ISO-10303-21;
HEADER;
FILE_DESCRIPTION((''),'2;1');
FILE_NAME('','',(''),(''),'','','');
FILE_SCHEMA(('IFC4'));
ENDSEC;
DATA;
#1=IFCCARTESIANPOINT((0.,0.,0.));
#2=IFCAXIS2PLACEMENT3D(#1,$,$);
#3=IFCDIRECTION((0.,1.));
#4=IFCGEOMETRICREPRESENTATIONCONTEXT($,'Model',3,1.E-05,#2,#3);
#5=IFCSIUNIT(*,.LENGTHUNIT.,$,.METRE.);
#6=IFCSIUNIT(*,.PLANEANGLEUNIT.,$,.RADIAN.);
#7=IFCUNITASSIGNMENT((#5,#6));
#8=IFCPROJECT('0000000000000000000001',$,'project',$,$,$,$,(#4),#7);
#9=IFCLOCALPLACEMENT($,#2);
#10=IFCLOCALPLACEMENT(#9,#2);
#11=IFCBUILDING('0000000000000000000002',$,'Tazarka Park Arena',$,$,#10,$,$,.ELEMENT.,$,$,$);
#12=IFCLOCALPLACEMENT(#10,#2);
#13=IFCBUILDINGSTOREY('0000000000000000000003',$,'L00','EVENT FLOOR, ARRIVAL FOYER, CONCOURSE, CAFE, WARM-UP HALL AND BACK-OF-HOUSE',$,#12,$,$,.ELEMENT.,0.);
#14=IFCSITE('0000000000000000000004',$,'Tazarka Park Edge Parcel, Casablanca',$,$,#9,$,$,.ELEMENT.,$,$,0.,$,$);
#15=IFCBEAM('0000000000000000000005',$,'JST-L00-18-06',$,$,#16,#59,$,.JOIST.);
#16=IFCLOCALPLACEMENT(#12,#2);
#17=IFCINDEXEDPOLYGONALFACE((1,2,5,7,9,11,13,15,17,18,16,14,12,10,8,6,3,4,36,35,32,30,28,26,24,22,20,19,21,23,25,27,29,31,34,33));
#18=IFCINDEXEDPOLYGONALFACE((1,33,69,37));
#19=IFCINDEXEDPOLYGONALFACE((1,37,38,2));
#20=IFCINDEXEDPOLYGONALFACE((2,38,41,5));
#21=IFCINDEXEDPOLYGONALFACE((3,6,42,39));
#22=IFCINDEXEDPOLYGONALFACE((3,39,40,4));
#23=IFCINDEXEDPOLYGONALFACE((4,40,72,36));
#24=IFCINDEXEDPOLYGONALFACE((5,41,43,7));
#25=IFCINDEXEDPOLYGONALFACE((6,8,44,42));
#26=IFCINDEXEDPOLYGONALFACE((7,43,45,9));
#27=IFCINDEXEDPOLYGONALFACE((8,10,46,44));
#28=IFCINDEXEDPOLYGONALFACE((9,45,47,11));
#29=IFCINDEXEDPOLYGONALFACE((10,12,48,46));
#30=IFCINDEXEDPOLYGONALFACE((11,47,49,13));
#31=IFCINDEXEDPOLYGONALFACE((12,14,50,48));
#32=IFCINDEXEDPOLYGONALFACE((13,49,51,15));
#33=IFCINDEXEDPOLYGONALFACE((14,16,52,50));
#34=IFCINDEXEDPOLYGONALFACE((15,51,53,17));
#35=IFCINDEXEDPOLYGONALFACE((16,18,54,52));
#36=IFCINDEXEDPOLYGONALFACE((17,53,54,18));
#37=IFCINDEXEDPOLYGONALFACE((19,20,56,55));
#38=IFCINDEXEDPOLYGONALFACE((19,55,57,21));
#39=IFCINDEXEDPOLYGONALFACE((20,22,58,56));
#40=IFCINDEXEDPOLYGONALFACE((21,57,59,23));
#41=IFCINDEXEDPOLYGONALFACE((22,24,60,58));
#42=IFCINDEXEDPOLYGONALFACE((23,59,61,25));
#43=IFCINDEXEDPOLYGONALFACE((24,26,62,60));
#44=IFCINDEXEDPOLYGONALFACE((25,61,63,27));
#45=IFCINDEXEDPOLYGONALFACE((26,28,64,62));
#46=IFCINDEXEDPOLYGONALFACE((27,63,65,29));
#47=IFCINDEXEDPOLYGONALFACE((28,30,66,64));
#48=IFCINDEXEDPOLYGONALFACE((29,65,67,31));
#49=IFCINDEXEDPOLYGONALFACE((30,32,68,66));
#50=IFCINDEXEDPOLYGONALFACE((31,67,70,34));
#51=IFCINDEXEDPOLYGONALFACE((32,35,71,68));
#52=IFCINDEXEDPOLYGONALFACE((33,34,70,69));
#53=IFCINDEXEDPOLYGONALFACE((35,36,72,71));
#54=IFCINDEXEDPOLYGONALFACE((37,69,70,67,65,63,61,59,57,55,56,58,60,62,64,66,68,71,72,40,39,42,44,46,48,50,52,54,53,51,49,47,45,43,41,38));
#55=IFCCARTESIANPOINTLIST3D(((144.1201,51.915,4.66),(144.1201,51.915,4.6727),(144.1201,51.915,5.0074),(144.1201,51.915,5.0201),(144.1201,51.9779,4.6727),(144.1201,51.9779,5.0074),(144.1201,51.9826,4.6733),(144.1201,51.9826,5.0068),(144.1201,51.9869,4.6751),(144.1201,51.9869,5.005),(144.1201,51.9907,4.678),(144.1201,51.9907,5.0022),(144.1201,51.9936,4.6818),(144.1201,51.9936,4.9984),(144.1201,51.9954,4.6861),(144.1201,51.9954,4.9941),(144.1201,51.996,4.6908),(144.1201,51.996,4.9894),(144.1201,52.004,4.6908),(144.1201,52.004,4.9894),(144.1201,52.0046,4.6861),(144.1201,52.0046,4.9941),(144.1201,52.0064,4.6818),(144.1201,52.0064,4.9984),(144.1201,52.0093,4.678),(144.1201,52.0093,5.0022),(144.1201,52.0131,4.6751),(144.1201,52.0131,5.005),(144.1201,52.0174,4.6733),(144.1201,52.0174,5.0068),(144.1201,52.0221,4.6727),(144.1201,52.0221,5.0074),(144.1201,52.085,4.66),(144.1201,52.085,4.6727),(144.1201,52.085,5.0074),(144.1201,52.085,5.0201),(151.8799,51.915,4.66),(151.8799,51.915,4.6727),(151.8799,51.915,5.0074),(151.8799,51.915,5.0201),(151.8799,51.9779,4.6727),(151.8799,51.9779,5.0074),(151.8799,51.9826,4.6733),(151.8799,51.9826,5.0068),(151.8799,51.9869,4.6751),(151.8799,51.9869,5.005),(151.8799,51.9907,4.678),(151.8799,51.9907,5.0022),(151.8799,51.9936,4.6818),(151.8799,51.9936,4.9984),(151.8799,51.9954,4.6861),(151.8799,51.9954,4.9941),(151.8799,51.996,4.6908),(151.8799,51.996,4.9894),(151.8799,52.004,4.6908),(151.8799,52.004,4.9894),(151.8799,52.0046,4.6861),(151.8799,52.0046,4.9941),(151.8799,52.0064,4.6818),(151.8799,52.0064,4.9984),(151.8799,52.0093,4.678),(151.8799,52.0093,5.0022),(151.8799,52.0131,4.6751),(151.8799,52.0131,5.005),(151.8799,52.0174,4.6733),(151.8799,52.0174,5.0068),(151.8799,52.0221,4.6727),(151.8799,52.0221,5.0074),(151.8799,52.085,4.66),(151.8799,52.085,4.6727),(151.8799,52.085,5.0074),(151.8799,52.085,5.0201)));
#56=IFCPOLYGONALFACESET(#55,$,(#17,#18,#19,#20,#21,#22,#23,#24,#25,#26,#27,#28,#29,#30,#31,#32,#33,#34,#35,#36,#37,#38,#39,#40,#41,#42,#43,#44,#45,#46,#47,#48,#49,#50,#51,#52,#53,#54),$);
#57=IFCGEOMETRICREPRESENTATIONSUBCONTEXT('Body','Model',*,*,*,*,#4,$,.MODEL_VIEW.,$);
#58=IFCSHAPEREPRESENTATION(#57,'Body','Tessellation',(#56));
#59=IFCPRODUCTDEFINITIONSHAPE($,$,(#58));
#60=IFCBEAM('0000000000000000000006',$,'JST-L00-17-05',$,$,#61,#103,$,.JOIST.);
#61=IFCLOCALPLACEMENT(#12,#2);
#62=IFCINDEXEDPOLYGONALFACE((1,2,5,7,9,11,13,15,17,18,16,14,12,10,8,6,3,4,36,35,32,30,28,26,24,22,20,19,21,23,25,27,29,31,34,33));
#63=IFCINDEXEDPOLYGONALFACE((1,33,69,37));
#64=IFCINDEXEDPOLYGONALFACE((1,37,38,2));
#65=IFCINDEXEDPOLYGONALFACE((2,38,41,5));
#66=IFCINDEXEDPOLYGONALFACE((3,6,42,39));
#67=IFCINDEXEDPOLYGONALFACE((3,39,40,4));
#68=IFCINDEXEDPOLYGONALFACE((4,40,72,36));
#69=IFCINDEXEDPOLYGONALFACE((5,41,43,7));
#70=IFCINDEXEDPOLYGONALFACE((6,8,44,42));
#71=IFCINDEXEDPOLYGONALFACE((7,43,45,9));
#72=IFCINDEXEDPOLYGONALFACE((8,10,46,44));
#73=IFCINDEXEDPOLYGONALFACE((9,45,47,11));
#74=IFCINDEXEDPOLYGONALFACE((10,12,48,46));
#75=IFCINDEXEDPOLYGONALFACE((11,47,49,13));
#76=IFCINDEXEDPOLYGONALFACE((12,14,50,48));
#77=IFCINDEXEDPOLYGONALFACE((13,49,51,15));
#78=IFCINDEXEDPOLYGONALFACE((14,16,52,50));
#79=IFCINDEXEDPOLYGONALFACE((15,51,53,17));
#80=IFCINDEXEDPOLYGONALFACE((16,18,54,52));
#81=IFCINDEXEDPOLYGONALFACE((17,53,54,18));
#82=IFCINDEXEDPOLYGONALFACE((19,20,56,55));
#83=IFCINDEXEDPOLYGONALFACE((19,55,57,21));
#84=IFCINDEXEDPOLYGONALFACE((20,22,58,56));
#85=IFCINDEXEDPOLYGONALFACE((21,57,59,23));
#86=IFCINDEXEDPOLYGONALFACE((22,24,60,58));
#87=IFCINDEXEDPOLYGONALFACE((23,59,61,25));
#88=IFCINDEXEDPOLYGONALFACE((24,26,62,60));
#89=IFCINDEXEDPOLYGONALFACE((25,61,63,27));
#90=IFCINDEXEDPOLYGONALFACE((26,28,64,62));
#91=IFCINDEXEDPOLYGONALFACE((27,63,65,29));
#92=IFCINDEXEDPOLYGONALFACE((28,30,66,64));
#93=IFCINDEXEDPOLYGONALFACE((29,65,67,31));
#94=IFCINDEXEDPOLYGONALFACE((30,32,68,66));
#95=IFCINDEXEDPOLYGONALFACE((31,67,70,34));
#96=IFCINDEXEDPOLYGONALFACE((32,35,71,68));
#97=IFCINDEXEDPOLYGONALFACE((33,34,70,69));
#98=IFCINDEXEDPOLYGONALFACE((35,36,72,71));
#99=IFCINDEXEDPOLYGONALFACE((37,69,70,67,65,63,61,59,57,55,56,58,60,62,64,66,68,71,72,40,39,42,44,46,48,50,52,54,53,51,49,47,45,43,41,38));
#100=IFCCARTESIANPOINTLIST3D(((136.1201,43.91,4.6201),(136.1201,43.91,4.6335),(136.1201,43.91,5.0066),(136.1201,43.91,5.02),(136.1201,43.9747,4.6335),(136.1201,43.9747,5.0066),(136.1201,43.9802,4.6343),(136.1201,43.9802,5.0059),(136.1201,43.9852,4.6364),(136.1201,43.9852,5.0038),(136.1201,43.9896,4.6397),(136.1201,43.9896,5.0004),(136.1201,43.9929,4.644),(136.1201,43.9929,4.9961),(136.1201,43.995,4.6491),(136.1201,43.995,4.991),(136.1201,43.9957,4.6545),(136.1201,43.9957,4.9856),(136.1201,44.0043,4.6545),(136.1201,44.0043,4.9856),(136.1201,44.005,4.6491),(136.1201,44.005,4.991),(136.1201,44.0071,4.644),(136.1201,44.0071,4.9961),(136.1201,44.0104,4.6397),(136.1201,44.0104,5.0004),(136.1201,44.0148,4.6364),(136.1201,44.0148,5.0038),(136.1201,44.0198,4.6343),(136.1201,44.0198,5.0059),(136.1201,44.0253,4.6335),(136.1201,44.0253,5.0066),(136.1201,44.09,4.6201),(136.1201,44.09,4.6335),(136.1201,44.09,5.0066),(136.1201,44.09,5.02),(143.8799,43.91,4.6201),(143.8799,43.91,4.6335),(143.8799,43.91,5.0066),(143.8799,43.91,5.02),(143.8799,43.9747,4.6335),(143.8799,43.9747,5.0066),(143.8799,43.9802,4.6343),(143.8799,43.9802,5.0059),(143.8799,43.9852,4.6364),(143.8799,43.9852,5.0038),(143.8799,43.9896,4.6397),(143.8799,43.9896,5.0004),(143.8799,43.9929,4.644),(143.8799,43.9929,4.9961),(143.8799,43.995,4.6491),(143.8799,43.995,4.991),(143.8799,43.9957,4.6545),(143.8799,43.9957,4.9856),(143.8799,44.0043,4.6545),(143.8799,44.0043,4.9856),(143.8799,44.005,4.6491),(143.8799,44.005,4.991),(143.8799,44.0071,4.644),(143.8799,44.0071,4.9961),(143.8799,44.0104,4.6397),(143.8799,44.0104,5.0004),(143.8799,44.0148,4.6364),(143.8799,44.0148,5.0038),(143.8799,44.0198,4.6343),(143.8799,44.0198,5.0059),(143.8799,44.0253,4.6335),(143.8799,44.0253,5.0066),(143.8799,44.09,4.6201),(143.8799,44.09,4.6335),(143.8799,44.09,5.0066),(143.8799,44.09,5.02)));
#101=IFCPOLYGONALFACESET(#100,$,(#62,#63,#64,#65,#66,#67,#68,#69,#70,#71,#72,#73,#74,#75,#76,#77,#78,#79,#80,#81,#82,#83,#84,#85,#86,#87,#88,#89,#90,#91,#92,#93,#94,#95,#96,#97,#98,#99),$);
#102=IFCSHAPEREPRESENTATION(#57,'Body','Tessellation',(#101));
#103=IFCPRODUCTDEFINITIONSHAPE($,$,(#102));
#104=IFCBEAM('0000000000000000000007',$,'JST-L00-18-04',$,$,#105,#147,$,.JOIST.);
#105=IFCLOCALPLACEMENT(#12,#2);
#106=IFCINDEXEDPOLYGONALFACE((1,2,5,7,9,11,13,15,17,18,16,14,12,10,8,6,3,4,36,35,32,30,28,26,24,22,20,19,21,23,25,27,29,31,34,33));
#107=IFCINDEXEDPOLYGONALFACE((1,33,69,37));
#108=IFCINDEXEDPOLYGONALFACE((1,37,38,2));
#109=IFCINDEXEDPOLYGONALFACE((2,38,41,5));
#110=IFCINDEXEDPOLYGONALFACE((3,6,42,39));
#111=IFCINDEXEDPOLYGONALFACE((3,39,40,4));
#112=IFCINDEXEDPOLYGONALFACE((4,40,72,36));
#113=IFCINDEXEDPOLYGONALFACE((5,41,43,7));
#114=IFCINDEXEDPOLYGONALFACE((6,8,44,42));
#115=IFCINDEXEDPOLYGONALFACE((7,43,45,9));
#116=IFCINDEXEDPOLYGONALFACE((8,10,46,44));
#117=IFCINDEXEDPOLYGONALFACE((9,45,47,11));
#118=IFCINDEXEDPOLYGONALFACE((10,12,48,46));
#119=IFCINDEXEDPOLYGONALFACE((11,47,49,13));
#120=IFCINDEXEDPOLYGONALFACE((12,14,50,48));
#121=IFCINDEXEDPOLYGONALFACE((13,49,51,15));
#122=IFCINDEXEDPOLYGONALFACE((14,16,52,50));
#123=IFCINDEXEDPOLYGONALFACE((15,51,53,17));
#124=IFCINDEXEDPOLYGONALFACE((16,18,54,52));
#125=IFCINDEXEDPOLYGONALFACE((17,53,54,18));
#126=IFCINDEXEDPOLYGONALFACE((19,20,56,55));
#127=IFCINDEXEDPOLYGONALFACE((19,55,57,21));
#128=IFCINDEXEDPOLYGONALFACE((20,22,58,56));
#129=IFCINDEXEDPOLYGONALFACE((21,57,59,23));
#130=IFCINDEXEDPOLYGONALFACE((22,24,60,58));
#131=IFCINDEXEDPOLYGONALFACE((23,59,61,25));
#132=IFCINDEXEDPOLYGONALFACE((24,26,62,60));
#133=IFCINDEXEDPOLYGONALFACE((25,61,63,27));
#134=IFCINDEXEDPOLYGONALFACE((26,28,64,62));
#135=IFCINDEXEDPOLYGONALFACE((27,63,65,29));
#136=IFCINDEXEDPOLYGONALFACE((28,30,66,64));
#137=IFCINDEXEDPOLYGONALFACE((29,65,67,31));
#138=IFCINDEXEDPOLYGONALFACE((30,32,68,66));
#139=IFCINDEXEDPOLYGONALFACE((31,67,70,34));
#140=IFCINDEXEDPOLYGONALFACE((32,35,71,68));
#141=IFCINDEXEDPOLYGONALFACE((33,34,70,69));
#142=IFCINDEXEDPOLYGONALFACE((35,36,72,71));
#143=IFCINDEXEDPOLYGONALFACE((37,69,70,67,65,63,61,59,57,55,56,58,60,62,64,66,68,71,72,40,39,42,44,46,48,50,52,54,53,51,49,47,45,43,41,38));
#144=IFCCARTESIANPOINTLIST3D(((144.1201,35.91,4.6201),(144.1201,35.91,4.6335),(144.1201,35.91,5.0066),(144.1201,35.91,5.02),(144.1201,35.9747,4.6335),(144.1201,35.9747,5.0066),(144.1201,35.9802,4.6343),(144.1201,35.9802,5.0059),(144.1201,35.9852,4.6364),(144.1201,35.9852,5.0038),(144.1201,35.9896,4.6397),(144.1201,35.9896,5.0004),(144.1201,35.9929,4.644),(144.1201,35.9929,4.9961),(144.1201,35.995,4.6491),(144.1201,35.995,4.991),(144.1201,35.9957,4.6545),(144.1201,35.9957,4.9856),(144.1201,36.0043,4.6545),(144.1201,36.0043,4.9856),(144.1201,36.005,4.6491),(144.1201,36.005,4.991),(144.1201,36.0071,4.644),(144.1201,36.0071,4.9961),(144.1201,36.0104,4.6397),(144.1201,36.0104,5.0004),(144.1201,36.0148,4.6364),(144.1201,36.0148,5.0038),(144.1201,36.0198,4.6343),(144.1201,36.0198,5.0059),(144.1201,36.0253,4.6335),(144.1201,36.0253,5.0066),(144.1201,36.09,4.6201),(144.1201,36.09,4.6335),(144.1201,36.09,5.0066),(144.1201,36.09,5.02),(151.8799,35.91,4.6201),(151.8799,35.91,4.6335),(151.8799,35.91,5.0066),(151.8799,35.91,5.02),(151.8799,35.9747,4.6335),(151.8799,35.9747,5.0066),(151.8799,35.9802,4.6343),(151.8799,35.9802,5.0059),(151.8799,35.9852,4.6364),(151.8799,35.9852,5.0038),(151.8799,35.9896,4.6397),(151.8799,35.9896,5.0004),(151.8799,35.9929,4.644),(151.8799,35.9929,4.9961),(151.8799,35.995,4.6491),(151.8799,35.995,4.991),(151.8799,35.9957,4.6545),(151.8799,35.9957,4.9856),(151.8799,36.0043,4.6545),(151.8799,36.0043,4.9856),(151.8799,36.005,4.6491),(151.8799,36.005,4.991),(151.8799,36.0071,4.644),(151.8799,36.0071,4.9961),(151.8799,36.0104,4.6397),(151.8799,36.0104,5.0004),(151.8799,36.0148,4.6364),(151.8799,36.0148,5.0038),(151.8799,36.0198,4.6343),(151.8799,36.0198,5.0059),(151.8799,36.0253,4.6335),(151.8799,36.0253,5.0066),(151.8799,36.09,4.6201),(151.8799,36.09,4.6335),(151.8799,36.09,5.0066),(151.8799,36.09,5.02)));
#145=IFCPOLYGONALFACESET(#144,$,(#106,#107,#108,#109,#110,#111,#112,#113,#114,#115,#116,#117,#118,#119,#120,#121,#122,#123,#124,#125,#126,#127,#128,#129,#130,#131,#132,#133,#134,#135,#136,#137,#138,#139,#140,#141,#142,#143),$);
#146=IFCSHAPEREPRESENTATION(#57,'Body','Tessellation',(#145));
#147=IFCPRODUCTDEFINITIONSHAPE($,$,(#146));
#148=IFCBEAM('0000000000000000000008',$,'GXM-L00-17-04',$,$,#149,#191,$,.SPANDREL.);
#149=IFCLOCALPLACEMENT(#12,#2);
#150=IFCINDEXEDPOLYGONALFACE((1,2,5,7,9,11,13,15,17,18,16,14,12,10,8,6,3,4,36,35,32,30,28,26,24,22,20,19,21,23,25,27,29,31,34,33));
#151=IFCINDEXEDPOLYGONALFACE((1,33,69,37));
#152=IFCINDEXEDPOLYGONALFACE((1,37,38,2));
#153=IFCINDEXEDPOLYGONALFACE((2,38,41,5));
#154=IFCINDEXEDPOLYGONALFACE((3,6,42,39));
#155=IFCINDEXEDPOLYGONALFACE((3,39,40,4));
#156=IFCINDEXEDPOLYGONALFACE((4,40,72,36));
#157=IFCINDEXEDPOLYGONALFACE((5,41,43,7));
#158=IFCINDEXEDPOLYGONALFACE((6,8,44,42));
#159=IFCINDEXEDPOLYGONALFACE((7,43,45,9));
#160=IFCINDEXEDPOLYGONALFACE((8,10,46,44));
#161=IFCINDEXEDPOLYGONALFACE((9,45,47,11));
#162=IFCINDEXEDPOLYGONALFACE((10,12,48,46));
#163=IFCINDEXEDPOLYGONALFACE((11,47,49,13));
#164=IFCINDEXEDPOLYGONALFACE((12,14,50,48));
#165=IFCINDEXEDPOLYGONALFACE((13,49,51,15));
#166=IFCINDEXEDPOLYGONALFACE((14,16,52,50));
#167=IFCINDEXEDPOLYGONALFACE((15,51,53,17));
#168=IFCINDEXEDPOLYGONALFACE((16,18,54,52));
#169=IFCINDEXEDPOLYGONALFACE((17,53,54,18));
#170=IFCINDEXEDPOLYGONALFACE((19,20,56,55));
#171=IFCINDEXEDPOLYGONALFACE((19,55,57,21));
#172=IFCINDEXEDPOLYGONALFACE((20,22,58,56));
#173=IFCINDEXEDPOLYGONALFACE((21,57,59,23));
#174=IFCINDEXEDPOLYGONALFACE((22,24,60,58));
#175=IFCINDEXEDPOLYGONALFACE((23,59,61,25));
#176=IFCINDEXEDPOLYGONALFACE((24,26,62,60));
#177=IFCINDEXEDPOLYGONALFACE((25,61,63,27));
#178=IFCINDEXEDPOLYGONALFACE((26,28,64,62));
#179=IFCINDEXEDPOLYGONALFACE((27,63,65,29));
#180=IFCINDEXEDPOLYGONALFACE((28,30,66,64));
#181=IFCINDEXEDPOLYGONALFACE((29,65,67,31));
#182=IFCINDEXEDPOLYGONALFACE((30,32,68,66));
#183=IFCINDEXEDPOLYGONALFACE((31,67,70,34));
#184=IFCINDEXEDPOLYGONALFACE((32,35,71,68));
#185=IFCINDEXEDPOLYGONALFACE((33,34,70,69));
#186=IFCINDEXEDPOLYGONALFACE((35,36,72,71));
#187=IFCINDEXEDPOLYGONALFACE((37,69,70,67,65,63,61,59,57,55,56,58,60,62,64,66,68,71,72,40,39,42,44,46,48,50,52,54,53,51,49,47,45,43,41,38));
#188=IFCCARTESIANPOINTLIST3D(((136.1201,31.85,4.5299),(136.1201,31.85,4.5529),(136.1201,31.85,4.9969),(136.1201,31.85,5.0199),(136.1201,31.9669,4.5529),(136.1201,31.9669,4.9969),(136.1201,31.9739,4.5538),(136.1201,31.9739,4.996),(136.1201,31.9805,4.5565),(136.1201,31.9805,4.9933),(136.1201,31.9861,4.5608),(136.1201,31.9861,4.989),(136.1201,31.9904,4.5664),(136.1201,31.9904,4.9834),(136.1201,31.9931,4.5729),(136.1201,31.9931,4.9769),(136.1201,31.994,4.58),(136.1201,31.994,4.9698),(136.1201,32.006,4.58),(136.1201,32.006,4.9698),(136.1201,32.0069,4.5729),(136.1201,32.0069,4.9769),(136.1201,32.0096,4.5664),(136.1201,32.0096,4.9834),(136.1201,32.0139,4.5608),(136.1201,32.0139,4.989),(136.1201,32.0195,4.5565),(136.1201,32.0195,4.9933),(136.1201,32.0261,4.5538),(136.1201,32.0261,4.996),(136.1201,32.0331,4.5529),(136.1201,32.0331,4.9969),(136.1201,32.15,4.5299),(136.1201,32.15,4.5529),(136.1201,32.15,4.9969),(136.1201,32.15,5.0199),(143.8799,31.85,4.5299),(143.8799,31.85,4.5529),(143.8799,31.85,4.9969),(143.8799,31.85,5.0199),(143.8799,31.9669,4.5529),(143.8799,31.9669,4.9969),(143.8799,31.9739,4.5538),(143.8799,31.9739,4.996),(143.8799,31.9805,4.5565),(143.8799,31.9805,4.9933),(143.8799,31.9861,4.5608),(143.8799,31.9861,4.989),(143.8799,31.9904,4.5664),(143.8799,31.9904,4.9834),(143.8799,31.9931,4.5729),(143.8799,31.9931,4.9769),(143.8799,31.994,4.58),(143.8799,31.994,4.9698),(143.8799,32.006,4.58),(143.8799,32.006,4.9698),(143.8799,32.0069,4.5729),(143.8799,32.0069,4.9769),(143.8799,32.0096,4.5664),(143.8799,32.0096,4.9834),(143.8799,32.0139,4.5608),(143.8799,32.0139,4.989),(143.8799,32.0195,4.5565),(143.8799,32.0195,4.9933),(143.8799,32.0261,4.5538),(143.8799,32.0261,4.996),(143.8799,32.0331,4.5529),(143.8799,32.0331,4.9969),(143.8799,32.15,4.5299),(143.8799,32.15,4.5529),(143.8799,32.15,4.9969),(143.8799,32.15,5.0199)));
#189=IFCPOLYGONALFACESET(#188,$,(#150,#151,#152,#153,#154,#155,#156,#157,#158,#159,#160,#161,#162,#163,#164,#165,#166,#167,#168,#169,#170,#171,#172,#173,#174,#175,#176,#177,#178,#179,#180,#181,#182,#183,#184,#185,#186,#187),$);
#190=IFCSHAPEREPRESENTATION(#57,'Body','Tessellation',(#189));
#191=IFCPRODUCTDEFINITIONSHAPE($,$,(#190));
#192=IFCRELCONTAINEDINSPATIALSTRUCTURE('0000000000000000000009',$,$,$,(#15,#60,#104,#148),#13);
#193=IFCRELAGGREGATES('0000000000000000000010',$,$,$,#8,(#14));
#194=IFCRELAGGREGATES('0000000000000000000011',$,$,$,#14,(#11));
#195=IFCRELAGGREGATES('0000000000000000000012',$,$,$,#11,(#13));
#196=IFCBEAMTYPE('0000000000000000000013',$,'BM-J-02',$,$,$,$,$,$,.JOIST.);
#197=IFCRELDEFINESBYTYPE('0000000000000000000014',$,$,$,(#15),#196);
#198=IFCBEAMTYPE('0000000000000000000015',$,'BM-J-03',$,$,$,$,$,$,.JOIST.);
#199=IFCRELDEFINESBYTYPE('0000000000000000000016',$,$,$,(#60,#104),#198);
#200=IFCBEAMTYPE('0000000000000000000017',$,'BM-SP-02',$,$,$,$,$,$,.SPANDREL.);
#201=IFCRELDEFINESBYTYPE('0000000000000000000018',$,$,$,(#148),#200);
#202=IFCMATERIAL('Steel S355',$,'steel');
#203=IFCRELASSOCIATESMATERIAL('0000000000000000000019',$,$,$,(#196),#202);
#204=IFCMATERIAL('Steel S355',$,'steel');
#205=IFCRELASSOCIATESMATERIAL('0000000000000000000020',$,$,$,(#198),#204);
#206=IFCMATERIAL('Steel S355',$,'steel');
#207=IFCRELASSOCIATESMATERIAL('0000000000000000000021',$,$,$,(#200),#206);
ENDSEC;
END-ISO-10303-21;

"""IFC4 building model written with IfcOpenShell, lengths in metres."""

from ifc_helpers import new_model, si_unit, direction, frame, origin, origin_2d, place, context, subcontext, project, spatial, i_section, extrude, material, material_profile, profile_set, type_object, element, save


model = new_model("IFC4")

# Units and contexts
model_context = context("Model", 3, precision=1e-05, world=origin(), true_north=direction((0.0, 1.0)))
body_context = subcontext(model_context, "Body", "Model", "MODEL_VIEW")
ifc_project = project(units=[si_unit("LENGTHUNIT", "METRE"), si_unit("PLANEANGLEUNIT", "RADIAN")], contexts=[model_context])

# Site, building, storey
site_placement = place(None, origin())
site = spatial("IfcSite", under=ifc_project, at=site_placement, Name="Tazarka Park Edge Parcel, Casablanca", CompositionType="ELEMENT", RefElevation=0.0)
building_placement = place(site_placement, origin())
building = spatial("IfcBuilding", under=site, at=building_placement, Name="Tazarka Park Arena", CompositionType="ELEMENT")
storey_placement = place(building_placement, origin())
storey = spatial("IfcBuildingStorey", under=building, at=storey_placement, Name="L00", Description="EVENT FLOOR, ARRIVAL FOYER, CONCOURSE, CAFE, WARM-UP HALL AND BACK-OF-HOUSE", CompositionType="ELEMENT", Elevation=0.0)

# Beams
ifc_material_1 = material(Name="Steel S355", Category="steel")
ifc_material_profile_1 = material_profile(ifc_material_1, i_section(OverallWidth=0.1699, OverallDepth=0.3601, WebThickness=0.0081, FlangeThickness=0.0127, FilletRadius=0.0181, at=origin_2d()), Name="Steel S355")
ifc_profile_set_1 = profile_set([ifc_material_profile_1], Name="Steel S355")
beam_type_1 = type_object("IfcBeamType", Name="BM-J-02", PredefinedType="JOIST", material=ifc_profile_set_1)
for number, where, z_axis, x_axis, name in (
    (1, (144.1201, 52.0, 4.8401), (1.0, 0.0, 0.0), (0.0, 1.0, 0.0), "JST-L00-18-06"),
):
    element("IfcBeam", number, at=place(storey_placement, frame(where, z_axis=z_axis, x_axis=x_axis)), inside=storey, type_object=beam_type_1, Name=name, PredefinedType="JOIST", context=body_context, shape_type="SweptSolid", body=[
        extrude(i_section(OverallWidth=0.1699, OverallDepth=0.3601, WebThickness=0.0081, FlangeThickness=0.0127, FilletRadius=0.0181, at=origin_2d()), origin(), (0.0, 0.0, 1.0), 7.7598),
    ])
ifc_material_2 = material(Name="Steel S355", Category="steel")
ifc_material_profile_2 = material_profile(ifc_material_2, i_section(OverallWidth=0.1799, OverallDepth=0.3999, WebThickness=0.0085, FlangeThickness=0.0134, FilletRadius=0.021, at=origin_2d()), Name="Steel S355")
ifc_profile_set_2 = profile_set([ifc_material_profile_2], Name="Steel S355")
beam_type_2 = type_object("IfcBeamType", Name="BM-J-03", PredefinedType="JOIST", material=ifc_profile_set_2)
for number, where, z_axis, x_axis, name in (
    (2, (136.1201, 44.0, 4.8201), (1.0, 0.0, 0.0), (0.0, 1.0, 0.0), "JST-L00-17-05"),
    (3, (144.1201, 36.0, 4.8201), (1.0, 0.0, 0.0), (0.0, 1.0, 0.0), "JST-L00-18-04"),
):
    element("IfcBeam", number, at=place(storey_placement, frame(where, z_axis=z_axis, x_axis=x_axis)), inside=storey, type_object=beam_type_2, Name=name, PredefinedType="JOIST", context=body_context, shape_type="SweptSolid", body=[
        extrude(i_section(OverallWidth=0.1799, OverallDepth=0.3999, WebThickness=0.0085, FlangeThickness=0.0134, FilletRadius=0.021, at=origin_2d()), origin(), (0.0, 0.0, 1.0), 7.7598),
    ])
ifc_material_3 = material(Name="Steel S355", Category="steel")
ifc_material_profile_3 = material_profile(ifc_material_3, i_section(OverallWidth=0.3, OverallDepth=0.49, WebThickness=0.012, FlangeThickness=0.0229, FilletRadius=0.0271, at=origin_2d()), Name="Steel S355")
ifc_profile_set_3 = profile_set([ifc_material_profile_3], Name="Steel S355")
beam_type_3 = type_object("IfcBeamType", Name="BM-SP-02", PredefinedType="SPANDREL", material=ifc_profile_set_3)
for number, where, z_axis, x_axis, name in (
    (4, (136.1201, 32.0, 4.7749), (1.0, 0.0, 0.0), (0.0, 1.0, 0.0), "GXM-L00-17-04"),
):
    element("IfcBeam", number, at=place(storey_placement, frame(where, z_axis=z_axis, x_axis=x_axis)), inside=storey, type_object=beam_type_3, Name=name, PredefinedType="SPANDREL", context=body_context, shape_type="SweptSolid", body=[
        extrude(i_section(OverallWidth=0.3, OverallDepth=0.49, WebThickness=0.012, FlangeThickness=0.0229, FilletRadius=0.0271, at=origin_2d()), origin(), (0.0, 0.0, 1.0), 7.7598),
    ])

save(model, "model.ifc")
